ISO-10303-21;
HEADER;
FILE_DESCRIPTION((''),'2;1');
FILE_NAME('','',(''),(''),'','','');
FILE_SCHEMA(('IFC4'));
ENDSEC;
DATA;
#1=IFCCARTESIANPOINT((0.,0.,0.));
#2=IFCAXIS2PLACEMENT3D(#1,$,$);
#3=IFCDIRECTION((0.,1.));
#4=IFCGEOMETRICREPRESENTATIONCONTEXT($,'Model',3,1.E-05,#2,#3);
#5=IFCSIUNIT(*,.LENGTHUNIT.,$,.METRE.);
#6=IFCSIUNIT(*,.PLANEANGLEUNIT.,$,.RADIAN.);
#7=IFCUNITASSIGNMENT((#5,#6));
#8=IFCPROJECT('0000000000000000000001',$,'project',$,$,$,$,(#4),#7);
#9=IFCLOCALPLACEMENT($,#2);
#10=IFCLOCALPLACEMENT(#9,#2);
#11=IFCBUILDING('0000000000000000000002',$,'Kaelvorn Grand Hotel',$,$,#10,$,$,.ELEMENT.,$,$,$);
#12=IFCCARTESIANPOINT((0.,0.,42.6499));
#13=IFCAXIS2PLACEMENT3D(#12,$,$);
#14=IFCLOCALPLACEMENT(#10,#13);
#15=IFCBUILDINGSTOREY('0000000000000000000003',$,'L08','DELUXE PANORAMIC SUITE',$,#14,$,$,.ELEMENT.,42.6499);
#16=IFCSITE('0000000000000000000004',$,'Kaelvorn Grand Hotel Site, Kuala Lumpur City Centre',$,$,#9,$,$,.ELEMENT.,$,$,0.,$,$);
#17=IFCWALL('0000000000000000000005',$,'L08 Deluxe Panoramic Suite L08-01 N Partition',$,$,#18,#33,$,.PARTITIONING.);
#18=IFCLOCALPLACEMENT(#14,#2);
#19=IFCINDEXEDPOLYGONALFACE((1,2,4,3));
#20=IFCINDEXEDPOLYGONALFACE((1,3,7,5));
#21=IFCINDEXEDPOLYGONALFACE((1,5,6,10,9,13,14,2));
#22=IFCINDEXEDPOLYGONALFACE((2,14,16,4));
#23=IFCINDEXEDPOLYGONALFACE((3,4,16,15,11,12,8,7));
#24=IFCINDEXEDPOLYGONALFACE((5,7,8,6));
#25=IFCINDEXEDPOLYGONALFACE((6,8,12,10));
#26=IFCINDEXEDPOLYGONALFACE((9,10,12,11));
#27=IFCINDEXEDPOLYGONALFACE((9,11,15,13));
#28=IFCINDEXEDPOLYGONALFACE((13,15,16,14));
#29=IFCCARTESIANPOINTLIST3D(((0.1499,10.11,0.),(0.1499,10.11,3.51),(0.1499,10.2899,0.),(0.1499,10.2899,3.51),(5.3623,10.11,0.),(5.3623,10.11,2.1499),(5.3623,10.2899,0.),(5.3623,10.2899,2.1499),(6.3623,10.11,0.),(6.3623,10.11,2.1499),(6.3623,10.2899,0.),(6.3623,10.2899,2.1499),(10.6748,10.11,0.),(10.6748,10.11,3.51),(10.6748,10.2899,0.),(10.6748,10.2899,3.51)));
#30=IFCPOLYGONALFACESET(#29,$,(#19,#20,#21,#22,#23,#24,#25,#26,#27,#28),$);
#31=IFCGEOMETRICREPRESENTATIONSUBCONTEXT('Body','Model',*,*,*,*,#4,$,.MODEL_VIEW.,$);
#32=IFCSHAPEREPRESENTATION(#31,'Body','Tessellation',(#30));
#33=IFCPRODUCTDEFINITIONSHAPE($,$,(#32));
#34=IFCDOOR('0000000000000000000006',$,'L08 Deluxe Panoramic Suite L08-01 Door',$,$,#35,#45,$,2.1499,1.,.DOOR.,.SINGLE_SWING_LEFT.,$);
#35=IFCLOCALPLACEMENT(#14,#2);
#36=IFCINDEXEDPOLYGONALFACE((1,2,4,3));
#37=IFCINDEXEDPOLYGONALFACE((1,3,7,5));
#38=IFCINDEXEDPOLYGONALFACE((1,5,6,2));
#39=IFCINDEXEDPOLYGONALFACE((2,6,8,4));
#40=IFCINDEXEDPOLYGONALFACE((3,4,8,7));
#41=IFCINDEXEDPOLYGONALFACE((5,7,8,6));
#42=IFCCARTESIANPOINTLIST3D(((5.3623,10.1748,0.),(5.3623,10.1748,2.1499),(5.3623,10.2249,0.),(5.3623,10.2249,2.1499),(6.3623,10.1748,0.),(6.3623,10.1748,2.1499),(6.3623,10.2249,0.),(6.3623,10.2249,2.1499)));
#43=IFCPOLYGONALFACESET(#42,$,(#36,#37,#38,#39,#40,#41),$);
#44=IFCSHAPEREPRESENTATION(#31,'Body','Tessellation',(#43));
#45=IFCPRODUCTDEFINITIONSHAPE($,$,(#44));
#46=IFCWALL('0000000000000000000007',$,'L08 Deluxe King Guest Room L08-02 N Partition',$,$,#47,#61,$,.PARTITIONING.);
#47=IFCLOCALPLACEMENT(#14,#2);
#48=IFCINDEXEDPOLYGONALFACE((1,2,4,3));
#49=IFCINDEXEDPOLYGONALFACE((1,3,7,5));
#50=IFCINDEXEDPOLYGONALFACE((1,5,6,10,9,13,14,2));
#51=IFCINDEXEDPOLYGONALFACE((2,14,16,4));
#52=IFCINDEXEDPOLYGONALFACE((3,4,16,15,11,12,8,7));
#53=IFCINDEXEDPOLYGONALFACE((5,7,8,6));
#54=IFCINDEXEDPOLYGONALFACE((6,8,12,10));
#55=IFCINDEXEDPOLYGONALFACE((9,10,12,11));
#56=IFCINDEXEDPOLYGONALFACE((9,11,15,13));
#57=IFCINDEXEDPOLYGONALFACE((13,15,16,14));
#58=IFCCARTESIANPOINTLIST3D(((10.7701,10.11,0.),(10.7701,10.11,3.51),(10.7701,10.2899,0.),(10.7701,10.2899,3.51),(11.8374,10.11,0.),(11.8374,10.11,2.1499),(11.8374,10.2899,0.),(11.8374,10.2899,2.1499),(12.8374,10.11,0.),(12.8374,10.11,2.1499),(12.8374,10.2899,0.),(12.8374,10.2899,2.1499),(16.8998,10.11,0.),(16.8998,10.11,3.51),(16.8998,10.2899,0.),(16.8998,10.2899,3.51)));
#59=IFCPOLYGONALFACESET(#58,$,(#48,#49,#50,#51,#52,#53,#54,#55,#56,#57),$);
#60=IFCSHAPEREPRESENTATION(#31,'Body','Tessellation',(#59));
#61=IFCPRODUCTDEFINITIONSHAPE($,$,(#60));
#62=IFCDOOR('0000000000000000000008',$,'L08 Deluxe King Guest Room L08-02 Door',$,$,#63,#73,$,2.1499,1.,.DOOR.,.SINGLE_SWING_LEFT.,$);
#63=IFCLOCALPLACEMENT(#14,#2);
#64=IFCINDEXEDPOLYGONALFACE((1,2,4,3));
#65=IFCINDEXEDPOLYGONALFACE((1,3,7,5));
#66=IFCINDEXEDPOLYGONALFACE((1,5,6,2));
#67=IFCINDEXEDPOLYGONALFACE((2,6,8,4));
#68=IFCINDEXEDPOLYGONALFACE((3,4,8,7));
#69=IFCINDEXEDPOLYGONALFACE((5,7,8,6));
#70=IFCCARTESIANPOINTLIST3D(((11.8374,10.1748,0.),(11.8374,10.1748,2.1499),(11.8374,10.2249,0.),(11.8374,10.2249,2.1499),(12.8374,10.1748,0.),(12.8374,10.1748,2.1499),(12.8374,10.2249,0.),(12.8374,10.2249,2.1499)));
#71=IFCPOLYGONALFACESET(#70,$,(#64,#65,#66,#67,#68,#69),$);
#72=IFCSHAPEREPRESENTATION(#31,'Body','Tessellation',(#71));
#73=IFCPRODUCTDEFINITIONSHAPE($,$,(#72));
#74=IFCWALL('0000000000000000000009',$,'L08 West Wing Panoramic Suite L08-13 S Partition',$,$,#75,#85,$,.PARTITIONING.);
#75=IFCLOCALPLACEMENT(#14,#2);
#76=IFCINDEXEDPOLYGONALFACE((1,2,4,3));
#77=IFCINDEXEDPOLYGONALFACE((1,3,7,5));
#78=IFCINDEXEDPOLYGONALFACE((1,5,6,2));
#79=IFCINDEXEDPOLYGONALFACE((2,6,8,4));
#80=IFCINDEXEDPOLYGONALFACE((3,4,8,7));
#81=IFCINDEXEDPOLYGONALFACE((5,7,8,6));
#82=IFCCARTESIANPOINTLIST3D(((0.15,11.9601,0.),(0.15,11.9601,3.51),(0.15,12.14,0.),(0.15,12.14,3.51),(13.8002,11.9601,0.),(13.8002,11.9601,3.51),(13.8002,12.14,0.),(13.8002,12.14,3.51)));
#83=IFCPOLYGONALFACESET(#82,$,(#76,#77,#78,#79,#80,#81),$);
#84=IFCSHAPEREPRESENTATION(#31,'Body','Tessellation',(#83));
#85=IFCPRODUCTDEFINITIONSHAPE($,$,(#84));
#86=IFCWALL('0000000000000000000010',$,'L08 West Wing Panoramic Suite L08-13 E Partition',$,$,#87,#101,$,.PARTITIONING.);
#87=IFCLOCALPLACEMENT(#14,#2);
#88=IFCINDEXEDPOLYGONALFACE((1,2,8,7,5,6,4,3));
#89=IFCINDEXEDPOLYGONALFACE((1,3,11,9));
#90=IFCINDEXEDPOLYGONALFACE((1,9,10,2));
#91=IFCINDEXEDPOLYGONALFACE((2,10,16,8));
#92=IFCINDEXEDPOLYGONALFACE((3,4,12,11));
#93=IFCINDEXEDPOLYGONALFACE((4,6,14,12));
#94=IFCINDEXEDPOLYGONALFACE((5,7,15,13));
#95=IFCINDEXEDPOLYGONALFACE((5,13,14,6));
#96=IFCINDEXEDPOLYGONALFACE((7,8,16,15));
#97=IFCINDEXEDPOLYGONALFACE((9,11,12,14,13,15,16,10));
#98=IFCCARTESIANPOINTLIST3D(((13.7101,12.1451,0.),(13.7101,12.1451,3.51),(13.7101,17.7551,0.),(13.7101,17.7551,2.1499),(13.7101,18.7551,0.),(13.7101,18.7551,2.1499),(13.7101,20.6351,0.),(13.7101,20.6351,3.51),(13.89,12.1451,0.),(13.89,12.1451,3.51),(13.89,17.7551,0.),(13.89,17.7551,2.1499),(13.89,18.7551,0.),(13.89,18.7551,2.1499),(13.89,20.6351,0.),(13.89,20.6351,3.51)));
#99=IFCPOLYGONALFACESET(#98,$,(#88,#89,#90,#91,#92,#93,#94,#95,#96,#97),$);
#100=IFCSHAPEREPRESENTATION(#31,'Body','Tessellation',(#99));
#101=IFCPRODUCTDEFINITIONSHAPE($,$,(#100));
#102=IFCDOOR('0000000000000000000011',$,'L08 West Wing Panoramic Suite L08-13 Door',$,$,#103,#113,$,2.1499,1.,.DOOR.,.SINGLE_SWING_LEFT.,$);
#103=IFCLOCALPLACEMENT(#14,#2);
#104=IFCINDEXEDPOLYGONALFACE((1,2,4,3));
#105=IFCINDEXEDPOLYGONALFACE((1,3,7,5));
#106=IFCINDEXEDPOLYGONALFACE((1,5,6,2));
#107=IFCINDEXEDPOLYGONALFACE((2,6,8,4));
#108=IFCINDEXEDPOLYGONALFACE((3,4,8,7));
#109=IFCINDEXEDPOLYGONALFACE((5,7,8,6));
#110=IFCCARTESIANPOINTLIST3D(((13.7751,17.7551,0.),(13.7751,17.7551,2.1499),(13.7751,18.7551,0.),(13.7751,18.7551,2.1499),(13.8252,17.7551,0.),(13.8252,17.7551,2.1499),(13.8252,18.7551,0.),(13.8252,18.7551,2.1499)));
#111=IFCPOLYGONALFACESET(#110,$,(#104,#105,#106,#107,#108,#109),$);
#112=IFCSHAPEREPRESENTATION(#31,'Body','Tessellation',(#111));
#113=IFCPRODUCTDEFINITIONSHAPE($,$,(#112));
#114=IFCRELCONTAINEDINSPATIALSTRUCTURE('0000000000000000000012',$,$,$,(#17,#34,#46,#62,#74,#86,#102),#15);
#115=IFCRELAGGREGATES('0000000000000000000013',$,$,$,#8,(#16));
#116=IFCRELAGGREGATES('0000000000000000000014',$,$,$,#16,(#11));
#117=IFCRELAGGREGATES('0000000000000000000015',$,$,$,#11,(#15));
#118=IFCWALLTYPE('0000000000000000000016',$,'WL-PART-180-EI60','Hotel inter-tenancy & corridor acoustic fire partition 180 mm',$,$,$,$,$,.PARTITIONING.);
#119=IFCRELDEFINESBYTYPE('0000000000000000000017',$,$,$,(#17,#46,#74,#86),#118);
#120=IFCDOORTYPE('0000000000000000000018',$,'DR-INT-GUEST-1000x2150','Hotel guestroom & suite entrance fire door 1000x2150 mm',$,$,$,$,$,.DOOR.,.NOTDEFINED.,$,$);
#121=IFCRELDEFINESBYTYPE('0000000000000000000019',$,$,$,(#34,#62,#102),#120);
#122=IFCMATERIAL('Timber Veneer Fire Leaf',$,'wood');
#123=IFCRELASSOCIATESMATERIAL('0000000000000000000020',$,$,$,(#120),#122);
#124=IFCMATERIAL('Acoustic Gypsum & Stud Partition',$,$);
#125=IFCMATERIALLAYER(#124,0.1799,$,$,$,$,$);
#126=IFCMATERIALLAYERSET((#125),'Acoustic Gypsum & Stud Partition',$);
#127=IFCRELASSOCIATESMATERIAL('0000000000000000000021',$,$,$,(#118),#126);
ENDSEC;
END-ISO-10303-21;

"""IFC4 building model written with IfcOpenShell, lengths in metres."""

from ifc_helpers import new_model, si_unit, direction, frame, frame_2d, origin, place, context, subcontext, project, spatial, rectangle, extrude, material, layer, layer_set, type_object, element, fill, save


model = new_model("IFC4")

# Units and contexts
model_context = context("Model", 3, precision=1e-05, world=origin(), true_north=direction((0.0, 1.0)))
body_context = subcontext(model_context, "Body", "Model", "MODEL_VIEW")
ifc_project = project(units=[si_unit("LENGTHUNIT", "METRE"), si_unit("PLANEANGLEUNIT", "RADIAN")], contexts=[model_context])

# Site, building, storey
site_placement = place(None, origin())
site = spatial("IfcSite", under=ifc_project, at=site_placement, Name="Kaelvorn Grand Hotel Site, Kuala Lumpur City Centre", CompositionType="ELEMENT", RefElevation=0.0)
building_placement = place(site_placement, origin())
building = spatial("IfcBuilding", under=site, at=building_placement, Name="Kaelvorn Grand Hotel", CompositionType="ELEMENT")
storey_placement = place(building_placement, frame((0.0, 0.0, 42.6499)))
storey = spatial("IfcBuildingStorey", under=building, at=storey_placement, Name="L08", Description="DELUXE PANORAMIC SUITE", CompositionType="ELEMENT", Elevation=42.6499)

# Shared definitions
ifc_material_1 = material(Name="Acoustic Gypsum & Stud Partition")
ifc_material_2 = material(Name="Timber Veneer Fire Leaf", Category="wood")
door_type_1 = type_object("IfcDoorType", Name="DR-INT-GUEST-1000x2150", Description="Hotel guestroom & suite entrance fire door 1000x2150 mm", OperationType="NOTDEFINED", PredefinedType="DOOR", material=ifc_material_2)

# Walls, openings, doors
ifc_layer_1 = layer(ifc_material_1, 0.1799)
ifc_layer_set_1 = layer_set([ifc_layer_1], Name="Acoustic Gypsum & Stud Partition")
wall_type_1 = type_object("IfcWallType", Name="WL-PART-180-EI60", Description="Hotel inter-tenancy & corridor acoustic fire partition 180 mm", PredefinedType="PARTITIONING", material=ifc_layer_set_1)
wall_1_placement = place(storey_placement, frame((0.1499, 10.2, 0.0), z_axis=(0.0, 0.0, 1.0), x_axis=(1.0, 0.0, 0.0)))
wall_1 = element("IfcWall", 1, at=wall_1_placement, inside=storey, type_object=wall_type_1, Name="L08 Deluxe Panoramic Suite L08-01 N Partition", PredefinedType="PARTITIONING", context=body_context, shape_type="SweptSolid", body=[
    extrude(rectangle(XDim=10.5249, YDim=0.1799, at=frame_2d((5.2625, 0.0))), origin(), (0.0, 0.0, 1.0), 3.51),
])
opening_1_placement = place(wall_1_placement, frame((5.2124, 0.0, 0.0)))
opening_1 = element("IfcOpeningElement", 2, at=opening_1_placement, cuts=wall_1, PredefinedType="OPENING", context=body_context, shape_type="SweptSolid", body=[
    extrude(rectangle(XDim=1.0, YDim=2.1499, at=frame_2d((0.5, 1.075))), frame((0.0, 0.1001, 0.0), z_axis=(0.0, -1.0, 0.0), x_axis=(1.0, 0.0, 0.0)), (0.0, 0.0, 1.0), 0.2),
])
door_1_placement = place(opening_1_placement, origin())
door_1 = element("IfcDoor", 3, at=door_1_placement, inside=storey, type_object=door_type_1, Name="L08 Deluxe Panoramic Suite L08-01 Door", OperationType="SINGLE_SWING_LEFT", OverallHeight=2.1499, OverallWidth=1.0, PredefinedType="DOOR", context=body_context, shape_type="SweptSolid", body=[
    extrude(rectangle(XDim=1.0, YDim=2.1499, at=frame_2d((0.5, 1.075))), frame((0.0, 0.0249, 0.0), z_axis=(0.0, -1.0, 0.0), x_axis=(1.0, 0.0, 0.0)), (0.0, 0.0, 1.0), 0.05),
])
fill(opening_1, door_1)
wall_2_placement = place(storey_placement, frame((10.77, 10.2, 0.0), z_axis=(0.0, 0.0, 1.0), x_axis=(1.0, 0.0, 0.0)))
wall_2 = element("IfcWall", 4, at=wall_2_placement, inside=storey, type_object=wall_type_1, Name="L08 Deluxe King Guest Room L08-02 N Partition", PredefinedType="PARTITIONING", context=body_context, shape_type="SweptSolid", body=[
    extrude(rectangle(XDim=6.1296, YDim=0.1799, at=frame_2d((3.0649, 0.0))), origin(), (0.0, 0.0, 1.0), 3.51),
])
opening_2_placement = place(wall_2_placement, frame((1.0674, 0.0, 0.0)))
opening_2 = element("IfcOpeningElement", 5, at=opening_2_placement, cuts=wall_2, PredefinedType="OPENING", context=body_context, shape_type="SweptSolid", body=[
    extrude(rectangle(XDim=1.0, YDim=2.1499, at=frame_2d((0.5, 1.075))), frame((0.0, 0.1001, 0.0), z_axis=(0.0, -1.0, 0.0), x_axis=(1.0, 0.0, 0.0)), (0.0, 0.0, 1.0), 0.2),
])
door_2_placement = place(opening_2_placement, origin())
door_2 = element("IfcDoor", 6, at=door_2_placement, inside=storey, type_object=door_type_1, Name="L08 Deluxe King Guest Room L08-02 Door", OperationType="SINGLE_SWING_LEFT", OverallHeight=2.1499, OverallWidth=1.0, PredefinedType="DOOR", context=body_context, shape_type="SweptSolid", body=[
    extrude(rectangle(XDim=1.0, YDim=2.1499, at=frame_2d((0.5, 1.075))), frame((0.0, 0.0249, 0.0), z_axis=(0.0, -1.0, 0.0), x_axis=(1.0, 0.0, 0.0)), (0.0, 0.0, 1.0), 0.05),
])
fill(opening_2, door_2)

# Wall
wall_3_placement = place(storey_placement, frame((0.1499, 12.05, 0.0), z_axis=(0.0, 0.0, 1.0), x_axis=(1.0, 0.0, 0.0)))
element("IfcWall", 7, at=wall_3_placement, inside=storey, type_object=wall_type_1, Name="L08 West Wing Panoramic Suite L08-13 S Partition", PredefinedType="PARTITIONING", context=body_context, shape_type="SweptSolid", body=[
    extrude(rectangle(XDim=13.6501, YDim=0.1799, at=frame_2d((6.8252, 0.0))), origin(), (0.0, 0.0, 1.0), 3.51),
])

# Wall, opening, door
wall_4_placement = place(storey_placement, frame((13.8, 12.145, 0.0), z_axis=(0.0, 0.0, 1.0), x_axis=(0.0, 1.0, 0.0)))
wall_4 = element("IfcWall", 8, at=wall_4_placement, inside=storey, type_object=wall_type_1, Name="L08 West Wing Panoramic Suite L08-13 E Partition", PredefinedType="PARTITIONING", context=body_context, shape_type="SweptSolid", body=[
    extrude(rectangle(XDim=8.49, YDim=0.1799, at=frame_2d((4.2451, 0.0))), origin(), (0.0, 0.0, 1.0), 3.51),
])
opening_3_placement = place(wall_4_placement, frame((5.6101, 0.0, 0.0)))
opening_3 = element("IfcOpeningElement", 9, at=opening_3_placement, cuts=wall_4, PredefinedType="OPENING", context=body_context, shape_type="SweptSolid", body=[
    extrude(rectangle(XDim=1.0, YDim=2.1499, at=frame_2d((0.5, 1.075))), frame((0.0, 0.1001, 0.0), z_axis=(0.0, -1.0, 0.0), x_axis=(1.0, 0.0, 0.0)), (0.0, 0.0, 1.0), 0.2),
])
door_3_placement = place(opening_3_placement, origin())
door_3 = element("IfcDoor", 10, at=door_3_placement, inside=storey, type_object=door_type_1, Name="L08 West Wing Panoramic Suite L08-13 Door", OperationType="SINGLE_SWING_LEFT", OverallHeight=2.1499, OverallWidth=1.0, PredefinedType="DOOR", context=body_context, shape_type="SweptSolid", body=[
    extrude(rectangle(XDim=1.0, YDim=2.1499, at=frame_2d((0.5, 1.075))), frame((0.0, 0.0249, 0.0), z_axis=(0.0, -1.0, 0.0), x_axis=(1.0, 0.0, 0.0)), (0.0, 0.0, 1.0), 0.05),
])
fill(opening_3, door_3)

save(model, "model.ifc")
